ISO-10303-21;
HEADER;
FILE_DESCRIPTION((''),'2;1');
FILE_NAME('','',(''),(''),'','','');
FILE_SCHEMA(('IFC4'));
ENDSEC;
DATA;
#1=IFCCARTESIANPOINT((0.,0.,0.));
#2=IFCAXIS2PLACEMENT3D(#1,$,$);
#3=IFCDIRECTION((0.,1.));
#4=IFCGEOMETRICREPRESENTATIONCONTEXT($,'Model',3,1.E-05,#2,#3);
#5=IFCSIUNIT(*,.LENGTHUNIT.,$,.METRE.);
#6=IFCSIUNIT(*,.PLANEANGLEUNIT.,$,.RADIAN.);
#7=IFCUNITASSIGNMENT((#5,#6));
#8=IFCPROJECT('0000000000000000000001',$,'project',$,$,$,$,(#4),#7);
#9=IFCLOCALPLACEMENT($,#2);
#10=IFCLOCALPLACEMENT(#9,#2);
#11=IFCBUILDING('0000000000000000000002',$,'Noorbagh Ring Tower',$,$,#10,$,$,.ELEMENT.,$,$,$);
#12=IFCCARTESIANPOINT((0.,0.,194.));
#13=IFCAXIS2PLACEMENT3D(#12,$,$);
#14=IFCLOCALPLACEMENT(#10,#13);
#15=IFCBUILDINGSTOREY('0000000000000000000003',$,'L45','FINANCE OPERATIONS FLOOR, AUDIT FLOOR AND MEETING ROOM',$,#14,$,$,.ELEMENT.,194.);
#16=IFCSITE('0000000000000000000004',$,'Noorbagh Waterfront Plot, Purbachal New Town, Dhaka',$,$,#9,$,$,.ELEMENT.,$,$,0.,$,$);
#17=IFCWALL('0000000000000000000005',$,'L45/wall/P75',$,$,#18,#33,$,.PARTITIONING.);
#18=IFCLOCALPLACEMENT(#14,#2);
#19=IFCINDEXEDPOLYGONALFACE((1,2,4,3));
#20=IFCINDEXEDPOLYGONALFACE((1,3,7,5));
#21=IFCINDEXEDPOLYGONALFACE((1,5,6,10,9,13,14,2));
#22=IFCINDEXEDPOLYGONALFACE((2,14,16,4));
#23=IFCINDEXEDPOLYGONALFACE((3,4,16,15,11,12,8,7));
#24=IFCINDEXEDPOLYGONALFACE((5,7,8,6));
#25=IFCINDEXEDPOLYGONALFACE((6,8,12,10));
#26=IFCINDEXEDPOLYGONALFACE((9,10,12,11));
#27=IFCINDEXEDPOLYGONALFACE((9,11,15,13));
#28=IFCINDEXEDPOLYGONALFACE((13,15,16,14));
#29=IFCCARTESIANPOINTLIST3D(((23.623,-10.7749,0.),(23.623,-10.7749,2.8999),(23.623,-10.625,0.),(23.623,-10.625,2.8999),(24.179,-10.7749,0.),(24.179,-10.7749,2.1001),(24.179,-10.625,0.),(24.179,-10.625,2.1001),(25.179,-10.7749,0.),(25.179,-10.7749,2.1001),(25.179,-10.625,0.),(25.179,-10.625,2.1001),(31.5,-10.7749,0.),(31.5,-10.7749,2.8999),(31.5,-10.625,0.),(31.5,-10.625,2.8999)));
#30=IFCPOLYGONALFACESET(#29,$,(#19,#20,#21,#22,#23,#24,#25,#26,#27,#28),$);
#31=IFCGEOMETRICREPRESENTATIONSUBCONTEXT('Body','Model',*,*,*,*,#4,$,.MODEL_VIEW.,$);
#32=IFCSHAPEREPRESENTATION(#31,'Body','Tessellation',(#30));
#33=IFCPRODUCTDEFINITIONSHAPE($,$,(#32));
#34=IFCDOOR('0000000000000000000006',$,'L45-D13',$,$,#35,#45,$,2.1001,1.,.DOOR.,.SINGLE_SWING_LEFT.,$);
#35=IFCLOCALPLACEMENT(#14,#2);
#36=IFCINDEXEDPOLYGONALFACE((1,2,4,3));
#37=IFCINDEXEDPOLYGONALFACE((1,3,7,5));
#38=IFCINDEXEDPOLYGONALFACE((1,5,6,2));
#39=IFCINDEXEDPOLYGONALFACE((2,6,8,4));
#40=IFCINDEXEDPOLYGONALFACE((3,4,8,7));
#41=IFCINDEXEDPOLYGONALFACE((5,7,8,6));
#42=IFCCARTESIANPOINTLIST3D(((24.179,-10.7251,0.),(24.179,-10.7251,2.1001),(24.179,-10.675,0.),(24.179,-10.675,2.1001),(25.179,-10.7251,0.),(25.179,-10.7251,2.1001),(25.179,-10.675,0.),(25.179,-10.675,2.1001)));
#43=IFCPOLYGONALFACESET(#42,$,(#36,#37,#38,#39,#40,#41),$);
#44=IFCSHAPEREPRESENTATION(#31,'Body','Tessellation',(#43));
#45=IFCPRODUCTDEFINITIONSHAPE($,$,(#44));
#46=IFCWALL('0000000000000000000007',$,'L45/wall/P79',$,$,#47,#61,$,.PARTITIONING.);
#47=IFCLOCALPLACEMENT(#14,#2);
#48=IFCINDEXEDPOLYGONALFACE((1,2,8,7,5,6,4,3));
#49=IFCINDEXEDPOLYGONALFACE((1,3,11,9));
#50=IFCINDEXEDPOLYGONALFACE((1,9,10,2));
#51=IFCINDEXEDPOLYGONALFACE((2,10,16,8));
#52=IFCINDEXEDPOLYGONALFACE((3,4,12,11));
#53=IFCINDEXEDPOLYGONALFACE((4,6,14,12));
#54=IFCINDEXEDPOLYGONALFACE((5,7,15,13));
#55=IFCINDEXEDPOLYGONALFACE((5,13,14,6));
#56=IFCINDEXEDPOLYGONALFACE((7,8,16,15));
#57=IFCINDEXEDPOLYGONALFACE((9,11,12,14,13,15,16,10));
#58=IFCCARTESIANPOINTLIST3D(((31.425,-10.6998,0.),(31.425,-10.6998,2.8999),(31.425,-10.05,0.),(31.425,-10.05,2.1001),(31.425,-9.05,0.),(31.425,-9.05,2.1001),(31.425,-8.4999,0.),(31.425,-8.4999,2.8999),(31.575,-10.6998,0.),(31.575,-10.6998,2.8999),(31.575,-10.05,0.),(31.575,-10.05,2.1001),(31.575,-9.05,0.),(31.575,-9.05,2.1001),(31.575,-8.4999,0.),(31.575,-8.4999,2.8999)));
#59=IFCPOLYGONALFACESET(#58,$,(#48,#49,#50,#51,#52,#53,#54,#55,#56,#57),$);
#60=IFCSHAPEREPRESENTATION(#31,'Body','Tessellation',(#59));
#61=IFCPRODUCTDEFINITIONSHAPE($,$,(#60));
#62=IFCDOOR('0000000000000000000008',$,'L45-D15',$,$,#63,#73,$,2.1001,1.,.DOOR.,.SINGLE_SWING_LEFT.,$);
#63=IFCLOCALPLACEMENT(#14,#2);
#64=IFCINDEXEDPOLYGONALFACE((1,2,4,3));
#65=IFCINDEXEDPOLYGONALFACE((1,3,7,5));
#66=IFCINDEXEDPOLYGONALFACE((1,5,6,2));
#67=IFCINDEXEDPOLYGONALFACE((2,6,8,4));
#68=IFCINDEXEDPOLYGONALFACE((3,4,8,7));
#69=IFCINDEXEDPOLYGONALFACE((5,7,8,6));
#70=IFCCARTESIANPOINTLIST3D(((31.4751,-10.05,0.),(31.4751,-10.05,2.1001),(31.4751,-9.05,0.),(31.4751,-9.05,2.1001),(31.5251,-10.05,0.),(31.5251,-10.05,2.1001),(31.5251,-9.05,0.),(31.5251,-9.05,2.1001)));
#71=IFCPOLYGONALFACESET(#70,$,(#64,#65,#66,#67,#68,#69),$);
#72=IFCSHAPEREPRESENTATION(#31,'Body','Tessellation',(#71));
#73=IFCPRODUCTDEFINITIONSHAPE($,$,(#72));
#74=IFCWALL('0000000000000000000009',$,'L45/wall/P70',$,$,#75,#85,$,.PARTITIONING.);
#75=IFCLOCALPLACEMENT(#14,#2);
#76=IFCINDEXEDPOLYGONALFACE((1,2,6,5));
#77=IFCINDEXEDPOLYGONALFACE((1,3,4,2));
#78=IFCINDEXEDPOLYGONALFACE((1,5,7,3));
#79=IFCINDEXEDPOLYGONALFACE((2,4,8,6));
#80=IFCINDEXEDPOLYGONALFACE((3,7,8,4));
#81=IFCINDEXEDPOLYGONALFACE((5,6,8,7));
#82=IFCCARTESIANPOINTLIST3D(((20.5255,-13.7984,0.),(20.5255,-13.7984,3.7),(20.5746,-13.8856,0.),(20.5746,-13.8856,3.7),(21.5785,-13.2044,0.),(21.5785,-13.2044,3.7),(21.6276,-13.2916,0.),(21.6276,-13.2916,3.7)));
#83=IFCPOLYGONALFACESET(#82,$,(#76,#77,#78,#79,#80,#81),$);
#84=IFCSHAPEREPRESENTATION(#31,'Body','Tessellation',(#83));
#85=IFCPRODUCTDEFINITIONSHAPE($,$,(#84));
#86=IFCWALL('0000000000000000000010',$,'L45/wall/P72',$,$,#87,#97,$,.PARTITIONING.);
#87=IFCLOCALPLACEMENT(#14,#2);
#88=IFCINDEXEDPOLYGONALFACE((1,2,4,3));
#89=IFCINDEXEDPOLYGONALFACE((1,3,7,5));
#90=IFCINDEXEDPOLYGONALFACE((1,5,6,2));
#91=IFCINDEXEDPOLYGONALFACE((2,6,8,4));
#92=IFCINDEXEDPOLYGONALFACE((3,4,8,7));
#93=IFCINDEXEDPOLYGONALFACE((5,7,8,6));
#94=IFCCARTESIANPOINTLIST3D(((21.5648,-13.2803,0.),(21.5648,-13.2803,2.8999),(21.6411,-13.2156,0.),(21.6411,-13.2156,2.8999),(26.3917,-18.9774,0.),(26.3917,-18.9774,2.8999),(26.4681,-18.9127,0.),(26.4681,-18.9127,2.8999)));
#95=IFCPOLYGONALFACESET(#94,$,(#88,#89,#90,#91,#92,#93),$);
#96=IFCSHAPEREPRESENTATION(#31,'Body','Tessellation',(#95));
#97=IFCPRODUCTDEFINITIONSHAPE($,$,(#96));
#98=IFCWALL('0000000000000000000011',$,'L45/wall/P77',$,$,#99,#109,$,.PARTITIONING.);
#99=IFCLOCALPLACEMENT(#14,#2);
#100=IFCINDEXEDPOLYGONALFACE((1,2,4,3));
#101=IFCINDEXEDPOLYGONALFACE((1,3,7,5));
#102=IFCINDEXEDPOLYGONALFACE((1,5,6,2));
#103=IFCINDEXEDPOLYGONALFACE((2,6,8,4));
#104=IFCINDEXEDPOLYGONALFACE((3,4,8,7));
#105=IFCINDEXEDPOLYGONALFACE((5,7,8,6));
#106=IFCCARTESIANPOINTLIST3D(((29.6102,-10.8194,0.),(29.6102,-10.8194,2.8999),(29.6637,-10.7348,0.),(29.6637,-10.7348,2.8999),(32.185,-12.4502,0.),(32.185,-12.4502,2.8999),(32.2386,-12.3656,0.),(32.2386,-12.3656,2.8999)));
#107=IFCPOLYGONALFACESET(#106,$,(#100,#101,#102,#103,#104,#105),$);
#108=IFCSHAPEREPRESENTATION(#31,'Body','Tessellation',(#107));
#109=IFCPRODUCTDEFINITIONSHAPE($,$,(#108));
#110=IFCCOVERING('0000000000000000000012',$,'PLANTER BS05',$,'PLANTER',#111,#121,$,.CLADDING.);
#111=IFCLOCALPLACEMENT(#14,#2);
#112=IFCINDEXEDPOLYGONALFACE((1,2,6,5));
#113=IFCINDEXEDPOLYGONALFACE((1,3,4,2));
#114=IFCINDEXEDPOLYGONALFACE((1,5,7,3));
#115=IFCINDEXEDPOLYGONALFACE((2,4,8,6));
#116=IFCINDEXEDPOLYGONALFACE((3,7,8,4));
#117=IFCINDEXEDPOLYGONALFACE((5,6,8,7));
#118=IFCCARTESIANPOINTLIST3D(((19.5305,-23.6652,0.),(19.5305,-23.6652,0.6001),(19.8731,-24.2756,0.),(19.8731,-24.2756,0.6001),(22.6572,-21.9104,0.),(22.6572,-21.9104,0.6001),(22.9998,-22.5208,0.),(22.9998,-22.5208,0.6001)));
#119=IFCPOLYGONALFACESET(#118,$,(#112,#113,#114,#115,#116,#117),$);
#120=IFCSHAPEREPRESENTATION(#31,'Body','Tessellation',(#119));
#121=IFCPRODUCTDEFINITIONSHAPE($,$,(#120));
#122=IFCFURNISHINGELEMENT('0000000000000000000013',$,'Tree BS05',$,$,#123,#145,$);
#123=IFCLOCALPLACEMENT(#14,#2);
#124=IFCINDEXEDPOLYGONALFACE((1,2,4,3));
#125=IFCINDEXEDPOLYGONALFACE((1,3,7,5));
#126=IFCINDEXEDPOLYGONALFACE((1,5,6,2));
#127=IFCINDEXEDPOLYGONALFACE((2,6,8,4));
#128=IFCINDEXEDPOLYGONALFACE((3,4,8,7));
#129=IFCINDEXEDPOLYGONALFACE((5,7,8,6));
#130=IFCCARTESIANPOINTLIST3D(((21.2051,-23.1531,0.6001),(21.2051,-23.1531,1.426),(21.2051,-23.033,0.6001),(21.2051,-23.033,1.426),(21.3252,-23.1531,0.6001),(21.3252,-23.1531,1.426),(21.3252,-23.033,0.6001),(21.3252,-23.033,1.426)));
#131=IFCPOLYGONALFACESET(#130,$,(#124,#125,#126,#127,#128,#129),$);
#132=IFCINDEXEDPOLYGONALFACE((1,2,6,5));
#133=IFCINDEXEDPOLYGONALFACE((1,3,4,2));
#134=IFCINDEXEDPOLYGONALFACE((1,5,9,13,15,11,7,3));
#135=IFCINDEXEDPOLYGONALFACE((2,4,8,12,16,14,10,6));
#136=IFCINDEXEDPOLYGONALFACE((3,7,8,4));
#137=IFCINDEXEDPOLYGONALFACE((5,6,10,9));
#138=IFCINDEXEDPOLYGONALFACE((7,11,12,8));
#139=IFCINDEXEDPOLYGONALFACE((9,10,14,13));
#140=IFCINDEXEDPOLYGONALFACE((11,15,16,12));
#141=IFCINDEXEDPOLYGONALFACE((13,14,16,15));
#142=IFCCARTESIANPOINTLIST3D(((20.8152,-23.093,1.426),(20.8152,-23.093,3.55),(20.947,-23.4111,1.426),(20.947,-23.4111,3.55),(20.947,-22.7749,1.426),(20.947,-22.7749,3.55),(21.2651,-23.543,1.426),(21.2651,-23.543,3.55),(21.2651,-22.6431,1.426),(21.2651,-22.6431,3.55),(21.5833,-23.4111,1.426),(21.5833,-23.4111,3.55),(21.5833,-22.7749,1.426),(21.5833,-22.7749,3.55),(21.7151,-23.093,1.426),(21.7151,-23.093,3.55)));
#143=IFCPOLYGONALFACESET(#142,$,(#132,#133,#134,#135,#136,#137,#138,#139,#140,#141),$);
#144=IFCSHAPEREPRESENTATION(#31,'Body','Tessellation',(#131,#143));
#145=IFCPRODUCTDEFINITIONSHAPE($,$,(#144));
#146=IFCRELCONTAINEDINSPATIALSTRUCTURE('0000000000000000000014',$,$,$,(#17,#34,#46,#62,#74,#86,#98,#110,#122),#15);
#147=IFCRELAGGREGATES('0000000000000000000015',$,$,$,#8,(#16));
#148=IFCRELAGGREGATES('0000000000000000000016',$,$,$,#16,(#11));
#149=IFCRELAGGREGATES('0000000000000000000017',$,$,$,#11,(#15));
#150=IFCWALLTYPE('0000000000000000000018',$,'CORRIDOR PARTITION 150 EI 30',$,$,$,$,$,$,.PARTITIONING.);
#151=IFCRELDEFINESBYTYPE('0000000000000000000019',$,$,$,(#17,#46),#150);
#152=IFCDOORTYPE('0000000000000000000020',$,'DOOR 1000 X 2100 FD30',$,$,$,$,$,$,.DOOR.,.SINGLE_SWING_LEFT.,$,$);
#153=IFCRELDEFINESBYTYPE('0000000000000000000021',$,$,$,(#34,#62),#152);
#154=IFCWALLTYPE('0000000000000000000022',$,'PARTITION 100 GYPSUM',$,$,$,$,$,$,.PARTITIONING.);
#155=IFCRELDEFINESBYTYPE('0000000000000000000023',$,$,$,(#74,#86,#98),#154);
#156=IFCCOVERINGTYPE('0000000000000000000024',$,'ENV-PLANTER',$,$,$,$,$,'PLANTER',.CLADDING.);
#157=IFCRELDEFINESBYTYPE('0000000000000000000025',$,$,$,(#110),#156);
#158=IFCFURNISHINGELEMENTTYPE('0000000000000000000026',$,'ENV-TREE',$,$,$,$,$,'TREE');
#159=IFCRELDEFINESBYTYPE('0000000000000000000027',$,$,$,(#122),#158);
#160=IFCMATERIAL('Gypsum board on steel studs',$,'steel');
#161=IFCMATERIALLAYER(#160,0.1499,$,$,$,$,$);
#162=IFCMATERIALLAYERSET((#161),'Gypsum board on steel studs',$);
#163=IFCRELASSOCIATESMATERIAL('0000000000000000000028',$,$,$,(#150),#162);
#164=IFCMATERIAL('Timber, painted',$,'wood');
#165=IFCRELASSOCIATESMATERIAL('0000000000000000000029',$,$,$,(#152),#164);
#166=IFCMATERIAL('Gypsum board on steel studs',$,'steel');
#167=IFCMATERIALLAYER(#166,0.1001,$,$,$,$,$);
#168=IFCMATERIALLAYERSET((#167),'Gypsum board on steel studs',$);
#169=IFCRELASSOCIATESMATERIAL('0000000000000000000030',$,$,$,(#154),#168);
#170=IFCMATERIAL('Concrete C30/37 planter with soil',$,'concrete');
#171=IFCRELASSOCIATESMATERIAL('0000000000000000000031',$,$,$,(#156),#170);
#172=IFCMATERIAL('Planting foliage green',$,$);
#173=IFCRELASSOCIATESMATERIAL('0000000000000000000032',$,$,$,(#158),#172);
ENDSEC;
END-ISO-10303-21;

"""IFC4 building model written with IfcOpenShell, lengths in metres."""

from ifc_helpers import new_model, si_unit, direction, frame, frame_2d, origin, origin_2d, place, context, subcontext, project, spatial, polyline, rectangle, outline, extrude, material, layer, layer_set, type_object, element, fill, save


model = new_model("IFC4")

# Units and contexts
model_context = context("Model", 3, precision=1e-05, world=origin(), true_north=direction((0.0, 1.0)))
body_context = subcontext(model_context, "Body", "Model", "MODEL_VIEW")
ifc_project = project(units=[si_unit("LENGTHUNIT", "METRE"), si_unit("PLANEANGLEUNIT", "RADIAN")], contexts=[model_context])

# Site, building, storey
site_placement = place(None, origin())
site = spatial("IfcSite", under=ifc_project, at=site_placement, Name="Noorbagh Waterfront Plot, Purbachal New Town, Dhaka", CompositionType="ELEMENT", RefElevation=0.0)
building_placement = place(site_placement, origin())
building = spatial("IfcBuilding", under=site, at=building_placement, Name="Noorbagh Ring Tower", CompositionType="ELEMENT")
storey_placement = place(building_placement, frame((0.0, 0.0, 194.0)))
storey = spatial("IfcBuildingStorey", under=building, at=storey_placement, Name="L45", Description="FINANCE OPERATIONS FLOOR, AUDIT FLOOR AND MEETING ROOM", CompositionType="ELEMENT", Elevation=194.0)

# Shared definitions
ifc_material_1 = material(Name="Gypsum board on steel studs", Category="steel")
ifc_layer_1 = layer(ifc_material_1, 0.1499)
ifc_layer_set_1 = layer_set([ifc_layer_1], Name="Gypsum board on steel studs")
wall_type_1 = type_object("IfcWallType", Name="CORRIDOR PARTITION 150 EI 30", PredefinedType="PARTITIONING", material=ifc_layer_set_1)

# Walls, openings, doors
wall_1_placement = place(storey_placement, frame((23.623, -10.7, 0.0), z_axis=(0.0, 0.0, 1.0), x_axis=(1.0, 0.0, 0.0)))
wall_1 = element("IfcWall", 1, at=wall_1_placement, inside=storey, type_object=wall_type_1, Name="L45/wall/P75", PredefinedType="PARTITIONING", context=body_context, shape_type="SweptSolid", body=[
    extrude(rectangle(XDim=7.877, YDim=0.1499, at=frame_2d((3.9385, 0.0))), origin(), (0.0, 0.0, 1.0), 2.8999),
])
opening_1_placement = place(wall_1_placement, frame((0.5559, 0.0, 0.0)))
opening_1 = element("IfcOpeningElement", 2, at=opening_1_placement, cuts=wall_1, PredefinedType="OPENING", context=body_context, shape_type="SweptSolid", body=[
    extrude(rectangle(XDim=1.0, YDim=2.1001, at=frame_2d((0.5, 1.05))), frame((0.0, 0.085, 0.0), z_axis=(0.0, -1.0, 0.0), x_axis=(1.0, 0.0, 0.0)), (0.0, 0.0, 1.0), 0.1699),
])
ifc_material_2 = material(Name="Timber, painted", Category="wood")
door_type = type_object("IfcDoorType", Name="DOOR 1000 X 2100 FD30", OperationType="SINGLE_SWING_LEFT", PredefinedType="DOOR", material=ifc_material_2)
door_1_placement = place(opening_1_placement, origin())
door_1 = element("IfcDoor", 3, at=door_1_placement, inside=storey, type_object=door_type, Name="L45-D13", OperationType="SINGLE_SWING_LEFT", OverallHeight=2.1001, OverallWidth=1.0, PredefinedType="DOOR", context=body_context, shape_type="SweptSolid", body=[
    extrude(rectangle(XDim=1.0, YDim=2.1001, at=frame_2d((0.5, 1.05))), frame((0.0, 0.0249, 0.0), z_axis=(0.0, -1.0, 0.0), x_axis=(1.0, 0.0, 0.0)), (0.0, 0.0, 1.0), 0.05),
])
fill(opening_1, door_1)
wall_2_placement = place(storey_placement, frame((31.5, -10.7, 0.0), z_axis=(0.0, 0.0, 1.0), x_axis=(0.0, 1.0, 0.0)))
wall_2 = element("IfcWall", 4, at=wall_2_placement, inside=storey, type_object=wall_type_1, Name="L45/wall/P79", PredefinedType="PARTITIONING", context=body_context, shape_type="SweptSolid", body=[
    extrude(rectangle(XDim=2.2, YDim=0.1499, at=frame_2d((1.1001, 0.0))), origin(), (0.0, 0.0, 1.0), 2.8999),
])
opening_2_placement = place(wall_2_placement, frame((0.6499, 0.0, 0.0)))
opening_2 = element("IfcOpeningElement", 5, at=opening_2_placement, cuts=wall_2, PredefinedType="OPENING", context=body_context, shape_type="SweptSolid", body=[
    extrude(rectangle(XDim=1.0, YDim=2.1001, at=frame_2d((0.5, 1.05))), frame((0.0, 0.085, 0.0), z_axis=(0.0, -1.0, 0.0), x_axis=(1.0, 0.0, 0.0)), (0.0, 0.0, 1.0), 0.1699),
])
door_2_placement = place(opening_2_placement, origin())
door_2 = element("IfcDoor", 6, at=door_2_placement, inside=storey, type_object=door_type, Name="L45-D15", OperationType="SINGLE_SWING_LEFT", OverallHeight=2.1001, OverallWidth=1.0, PredefinedType="DOOR", context=body_context, shape_type="SweptSolid", body=[
    extrude(rectangle(XDim=1.0, YDim=2.1001, at=frame_2d((0.5, 1.05))), frame((0.0, 0.0249, 0.0), z_axis=(0.0, -1.0, 0.0), x_axis=(1.0, 0.0, 0.0)), (0.0, 0.0, 1.0), 0.05),
])
fill(opening_2, door_2)

# Walls
ifc_material_3 = material(Name="Gypsum board on steel studs", Category="steel")
ifc_layer_2 = layer(ifc_material_3, 0.1001)
ifc_layer_set_2 = layer_set([ifc_layer_2], Name="Gypsum board on steel studs")
wall_type_2 = type_object("IfcWallType", Name="PARTITION 100 GYPSUM", PredefinedType="PARTITIONING", material=ifc_layer_set_2)
wall_3_placement = place(storey_placement, frame((20.55, -13.842, 0.0), z_axis=(0.0, 0.0, 1.0), x_axis=(0.870976, 0.491325, 0.0)))
element("IfcWall", 7, at=wall_3_placement, inside=storey, type_object=wall_type_2, Name="L45/wall/P70", PredefinedType="PARTITIONING", context=body_context, shape_type="SweptSolid", body=[
    extrude(rectangle(XDim=1.209, YDim=0.1001, at=frame_2d((0.6045, 0.0))), origin(), (0.0, 0.0, 1.0), 3.7),
])
wall_4_placement = place(storey_placement, frame((21.603, -13.248, 0.0), z_axis=(0.0, 0.0, 1.0), x_axis=(0.646438, -0.762967, 0.0)))
element("IfcWall", 8, at=wall_4_placement, inside=storey, type_object=wall_type_2, Name="L45/wall/P72", PredefinedType="PARTITIONING", context=body_context, shape_type="SweptSolid", body=[
    extrude(rectangle(XDim=7.467, YDim=0.1001, at=frame_2d((3.7334, 0.0))), origin(), (0.0, 0.0, 1.0), 2.8999),
])
wall_5_placement = place(storey_placement, frame((29.637, -10.7771, 0.0), z_axis=(0.0, 0.0, 1.0), x_axis=(0.844811, -0.535065, 0.0)))
element("IfcWall", 9, at=wall_5_placement, inside=storey, type_object=wall_type_2, Name="L45/wall/P77", PredefinedType="PARTITIONING", context=body_context, shape_type="SweptSolid", body=[
    extrude(rectangle(XDim=3.0479, YDim=0.1001, at=frame_2d((1.5239, 0.0))), origin(), (0.0, 0.0, 1.0), 2.8999),
])

# Covering
ifc_material_4 = material(Name="Concrete C30/37 planter with soil", Category="concrete")
covering_type = type_object("IfcCoveringType", Name="ENV-PLANTER", ElementType="PLANTER", PredefinedType="CLADDING", material=ifc_material_4)
covering_placement = place(storey_placement, frame((21.2651, -23.093, 0.0), z_axis=(0.0, 0.0, 1.0), x_axis=(0.872045, 0.489426, 0.0)))
element("IfcCovering", 10, at=covering_placement, inside=storey, type_object=covering_type, Name="PLANTER BS05", ObjectType="PLANTER", PredefinedType="CLADDING", context=body_context, shape_type="SweptSolid", body=[
    extrude(rectangle(XDim=3.5854, YDim=0.7, at=origin_2d()), origin(), (0.0, 0.0, 1.0), 0.6001),
])

# Furnishing element
ifc_material_5 = material(Name="Planting foliage green")
furnishing_element_type = type_object("IfcFurnishingElementType", Name="ENV-TREE", ElementType="TREE", material=ifc_material_5)
furnishing_placement = place(storey_placement, frame((21.2651, -23.093, 0.6001), z_axis=(0.0, 0.0, 1.0), x_axis=(1.0, 0.0, 0.0)))
element("IfcFurnishingElement", 11, at=furnishing_placement, inside=storey, type_object=furnishing_element_type, Name="Tree BS05", context=body_context, shape_type="SweptSolid", body=[
    extrude(rectangle(XDim=0.1201, YDim=0.1201, at=origin_2d()), origin(), (0.0, 0.0, 1.0), 0.8259),
    extrude(outline(polyline([(0.45, 0.0), (0.3181, 0.3181), (0.0, 0.45), (-0.3181, 0.3181), (-0.45, 0.0), (-0.3181, -0.3181), (0.0, -0.45), (0.3181, -0.3181), (0.45, 0.0)])), frame((0.0, 0.0, 0.8259)), (0.0, 0.0, 1.0), 2.124),
])

save(model, "model.ifc")
